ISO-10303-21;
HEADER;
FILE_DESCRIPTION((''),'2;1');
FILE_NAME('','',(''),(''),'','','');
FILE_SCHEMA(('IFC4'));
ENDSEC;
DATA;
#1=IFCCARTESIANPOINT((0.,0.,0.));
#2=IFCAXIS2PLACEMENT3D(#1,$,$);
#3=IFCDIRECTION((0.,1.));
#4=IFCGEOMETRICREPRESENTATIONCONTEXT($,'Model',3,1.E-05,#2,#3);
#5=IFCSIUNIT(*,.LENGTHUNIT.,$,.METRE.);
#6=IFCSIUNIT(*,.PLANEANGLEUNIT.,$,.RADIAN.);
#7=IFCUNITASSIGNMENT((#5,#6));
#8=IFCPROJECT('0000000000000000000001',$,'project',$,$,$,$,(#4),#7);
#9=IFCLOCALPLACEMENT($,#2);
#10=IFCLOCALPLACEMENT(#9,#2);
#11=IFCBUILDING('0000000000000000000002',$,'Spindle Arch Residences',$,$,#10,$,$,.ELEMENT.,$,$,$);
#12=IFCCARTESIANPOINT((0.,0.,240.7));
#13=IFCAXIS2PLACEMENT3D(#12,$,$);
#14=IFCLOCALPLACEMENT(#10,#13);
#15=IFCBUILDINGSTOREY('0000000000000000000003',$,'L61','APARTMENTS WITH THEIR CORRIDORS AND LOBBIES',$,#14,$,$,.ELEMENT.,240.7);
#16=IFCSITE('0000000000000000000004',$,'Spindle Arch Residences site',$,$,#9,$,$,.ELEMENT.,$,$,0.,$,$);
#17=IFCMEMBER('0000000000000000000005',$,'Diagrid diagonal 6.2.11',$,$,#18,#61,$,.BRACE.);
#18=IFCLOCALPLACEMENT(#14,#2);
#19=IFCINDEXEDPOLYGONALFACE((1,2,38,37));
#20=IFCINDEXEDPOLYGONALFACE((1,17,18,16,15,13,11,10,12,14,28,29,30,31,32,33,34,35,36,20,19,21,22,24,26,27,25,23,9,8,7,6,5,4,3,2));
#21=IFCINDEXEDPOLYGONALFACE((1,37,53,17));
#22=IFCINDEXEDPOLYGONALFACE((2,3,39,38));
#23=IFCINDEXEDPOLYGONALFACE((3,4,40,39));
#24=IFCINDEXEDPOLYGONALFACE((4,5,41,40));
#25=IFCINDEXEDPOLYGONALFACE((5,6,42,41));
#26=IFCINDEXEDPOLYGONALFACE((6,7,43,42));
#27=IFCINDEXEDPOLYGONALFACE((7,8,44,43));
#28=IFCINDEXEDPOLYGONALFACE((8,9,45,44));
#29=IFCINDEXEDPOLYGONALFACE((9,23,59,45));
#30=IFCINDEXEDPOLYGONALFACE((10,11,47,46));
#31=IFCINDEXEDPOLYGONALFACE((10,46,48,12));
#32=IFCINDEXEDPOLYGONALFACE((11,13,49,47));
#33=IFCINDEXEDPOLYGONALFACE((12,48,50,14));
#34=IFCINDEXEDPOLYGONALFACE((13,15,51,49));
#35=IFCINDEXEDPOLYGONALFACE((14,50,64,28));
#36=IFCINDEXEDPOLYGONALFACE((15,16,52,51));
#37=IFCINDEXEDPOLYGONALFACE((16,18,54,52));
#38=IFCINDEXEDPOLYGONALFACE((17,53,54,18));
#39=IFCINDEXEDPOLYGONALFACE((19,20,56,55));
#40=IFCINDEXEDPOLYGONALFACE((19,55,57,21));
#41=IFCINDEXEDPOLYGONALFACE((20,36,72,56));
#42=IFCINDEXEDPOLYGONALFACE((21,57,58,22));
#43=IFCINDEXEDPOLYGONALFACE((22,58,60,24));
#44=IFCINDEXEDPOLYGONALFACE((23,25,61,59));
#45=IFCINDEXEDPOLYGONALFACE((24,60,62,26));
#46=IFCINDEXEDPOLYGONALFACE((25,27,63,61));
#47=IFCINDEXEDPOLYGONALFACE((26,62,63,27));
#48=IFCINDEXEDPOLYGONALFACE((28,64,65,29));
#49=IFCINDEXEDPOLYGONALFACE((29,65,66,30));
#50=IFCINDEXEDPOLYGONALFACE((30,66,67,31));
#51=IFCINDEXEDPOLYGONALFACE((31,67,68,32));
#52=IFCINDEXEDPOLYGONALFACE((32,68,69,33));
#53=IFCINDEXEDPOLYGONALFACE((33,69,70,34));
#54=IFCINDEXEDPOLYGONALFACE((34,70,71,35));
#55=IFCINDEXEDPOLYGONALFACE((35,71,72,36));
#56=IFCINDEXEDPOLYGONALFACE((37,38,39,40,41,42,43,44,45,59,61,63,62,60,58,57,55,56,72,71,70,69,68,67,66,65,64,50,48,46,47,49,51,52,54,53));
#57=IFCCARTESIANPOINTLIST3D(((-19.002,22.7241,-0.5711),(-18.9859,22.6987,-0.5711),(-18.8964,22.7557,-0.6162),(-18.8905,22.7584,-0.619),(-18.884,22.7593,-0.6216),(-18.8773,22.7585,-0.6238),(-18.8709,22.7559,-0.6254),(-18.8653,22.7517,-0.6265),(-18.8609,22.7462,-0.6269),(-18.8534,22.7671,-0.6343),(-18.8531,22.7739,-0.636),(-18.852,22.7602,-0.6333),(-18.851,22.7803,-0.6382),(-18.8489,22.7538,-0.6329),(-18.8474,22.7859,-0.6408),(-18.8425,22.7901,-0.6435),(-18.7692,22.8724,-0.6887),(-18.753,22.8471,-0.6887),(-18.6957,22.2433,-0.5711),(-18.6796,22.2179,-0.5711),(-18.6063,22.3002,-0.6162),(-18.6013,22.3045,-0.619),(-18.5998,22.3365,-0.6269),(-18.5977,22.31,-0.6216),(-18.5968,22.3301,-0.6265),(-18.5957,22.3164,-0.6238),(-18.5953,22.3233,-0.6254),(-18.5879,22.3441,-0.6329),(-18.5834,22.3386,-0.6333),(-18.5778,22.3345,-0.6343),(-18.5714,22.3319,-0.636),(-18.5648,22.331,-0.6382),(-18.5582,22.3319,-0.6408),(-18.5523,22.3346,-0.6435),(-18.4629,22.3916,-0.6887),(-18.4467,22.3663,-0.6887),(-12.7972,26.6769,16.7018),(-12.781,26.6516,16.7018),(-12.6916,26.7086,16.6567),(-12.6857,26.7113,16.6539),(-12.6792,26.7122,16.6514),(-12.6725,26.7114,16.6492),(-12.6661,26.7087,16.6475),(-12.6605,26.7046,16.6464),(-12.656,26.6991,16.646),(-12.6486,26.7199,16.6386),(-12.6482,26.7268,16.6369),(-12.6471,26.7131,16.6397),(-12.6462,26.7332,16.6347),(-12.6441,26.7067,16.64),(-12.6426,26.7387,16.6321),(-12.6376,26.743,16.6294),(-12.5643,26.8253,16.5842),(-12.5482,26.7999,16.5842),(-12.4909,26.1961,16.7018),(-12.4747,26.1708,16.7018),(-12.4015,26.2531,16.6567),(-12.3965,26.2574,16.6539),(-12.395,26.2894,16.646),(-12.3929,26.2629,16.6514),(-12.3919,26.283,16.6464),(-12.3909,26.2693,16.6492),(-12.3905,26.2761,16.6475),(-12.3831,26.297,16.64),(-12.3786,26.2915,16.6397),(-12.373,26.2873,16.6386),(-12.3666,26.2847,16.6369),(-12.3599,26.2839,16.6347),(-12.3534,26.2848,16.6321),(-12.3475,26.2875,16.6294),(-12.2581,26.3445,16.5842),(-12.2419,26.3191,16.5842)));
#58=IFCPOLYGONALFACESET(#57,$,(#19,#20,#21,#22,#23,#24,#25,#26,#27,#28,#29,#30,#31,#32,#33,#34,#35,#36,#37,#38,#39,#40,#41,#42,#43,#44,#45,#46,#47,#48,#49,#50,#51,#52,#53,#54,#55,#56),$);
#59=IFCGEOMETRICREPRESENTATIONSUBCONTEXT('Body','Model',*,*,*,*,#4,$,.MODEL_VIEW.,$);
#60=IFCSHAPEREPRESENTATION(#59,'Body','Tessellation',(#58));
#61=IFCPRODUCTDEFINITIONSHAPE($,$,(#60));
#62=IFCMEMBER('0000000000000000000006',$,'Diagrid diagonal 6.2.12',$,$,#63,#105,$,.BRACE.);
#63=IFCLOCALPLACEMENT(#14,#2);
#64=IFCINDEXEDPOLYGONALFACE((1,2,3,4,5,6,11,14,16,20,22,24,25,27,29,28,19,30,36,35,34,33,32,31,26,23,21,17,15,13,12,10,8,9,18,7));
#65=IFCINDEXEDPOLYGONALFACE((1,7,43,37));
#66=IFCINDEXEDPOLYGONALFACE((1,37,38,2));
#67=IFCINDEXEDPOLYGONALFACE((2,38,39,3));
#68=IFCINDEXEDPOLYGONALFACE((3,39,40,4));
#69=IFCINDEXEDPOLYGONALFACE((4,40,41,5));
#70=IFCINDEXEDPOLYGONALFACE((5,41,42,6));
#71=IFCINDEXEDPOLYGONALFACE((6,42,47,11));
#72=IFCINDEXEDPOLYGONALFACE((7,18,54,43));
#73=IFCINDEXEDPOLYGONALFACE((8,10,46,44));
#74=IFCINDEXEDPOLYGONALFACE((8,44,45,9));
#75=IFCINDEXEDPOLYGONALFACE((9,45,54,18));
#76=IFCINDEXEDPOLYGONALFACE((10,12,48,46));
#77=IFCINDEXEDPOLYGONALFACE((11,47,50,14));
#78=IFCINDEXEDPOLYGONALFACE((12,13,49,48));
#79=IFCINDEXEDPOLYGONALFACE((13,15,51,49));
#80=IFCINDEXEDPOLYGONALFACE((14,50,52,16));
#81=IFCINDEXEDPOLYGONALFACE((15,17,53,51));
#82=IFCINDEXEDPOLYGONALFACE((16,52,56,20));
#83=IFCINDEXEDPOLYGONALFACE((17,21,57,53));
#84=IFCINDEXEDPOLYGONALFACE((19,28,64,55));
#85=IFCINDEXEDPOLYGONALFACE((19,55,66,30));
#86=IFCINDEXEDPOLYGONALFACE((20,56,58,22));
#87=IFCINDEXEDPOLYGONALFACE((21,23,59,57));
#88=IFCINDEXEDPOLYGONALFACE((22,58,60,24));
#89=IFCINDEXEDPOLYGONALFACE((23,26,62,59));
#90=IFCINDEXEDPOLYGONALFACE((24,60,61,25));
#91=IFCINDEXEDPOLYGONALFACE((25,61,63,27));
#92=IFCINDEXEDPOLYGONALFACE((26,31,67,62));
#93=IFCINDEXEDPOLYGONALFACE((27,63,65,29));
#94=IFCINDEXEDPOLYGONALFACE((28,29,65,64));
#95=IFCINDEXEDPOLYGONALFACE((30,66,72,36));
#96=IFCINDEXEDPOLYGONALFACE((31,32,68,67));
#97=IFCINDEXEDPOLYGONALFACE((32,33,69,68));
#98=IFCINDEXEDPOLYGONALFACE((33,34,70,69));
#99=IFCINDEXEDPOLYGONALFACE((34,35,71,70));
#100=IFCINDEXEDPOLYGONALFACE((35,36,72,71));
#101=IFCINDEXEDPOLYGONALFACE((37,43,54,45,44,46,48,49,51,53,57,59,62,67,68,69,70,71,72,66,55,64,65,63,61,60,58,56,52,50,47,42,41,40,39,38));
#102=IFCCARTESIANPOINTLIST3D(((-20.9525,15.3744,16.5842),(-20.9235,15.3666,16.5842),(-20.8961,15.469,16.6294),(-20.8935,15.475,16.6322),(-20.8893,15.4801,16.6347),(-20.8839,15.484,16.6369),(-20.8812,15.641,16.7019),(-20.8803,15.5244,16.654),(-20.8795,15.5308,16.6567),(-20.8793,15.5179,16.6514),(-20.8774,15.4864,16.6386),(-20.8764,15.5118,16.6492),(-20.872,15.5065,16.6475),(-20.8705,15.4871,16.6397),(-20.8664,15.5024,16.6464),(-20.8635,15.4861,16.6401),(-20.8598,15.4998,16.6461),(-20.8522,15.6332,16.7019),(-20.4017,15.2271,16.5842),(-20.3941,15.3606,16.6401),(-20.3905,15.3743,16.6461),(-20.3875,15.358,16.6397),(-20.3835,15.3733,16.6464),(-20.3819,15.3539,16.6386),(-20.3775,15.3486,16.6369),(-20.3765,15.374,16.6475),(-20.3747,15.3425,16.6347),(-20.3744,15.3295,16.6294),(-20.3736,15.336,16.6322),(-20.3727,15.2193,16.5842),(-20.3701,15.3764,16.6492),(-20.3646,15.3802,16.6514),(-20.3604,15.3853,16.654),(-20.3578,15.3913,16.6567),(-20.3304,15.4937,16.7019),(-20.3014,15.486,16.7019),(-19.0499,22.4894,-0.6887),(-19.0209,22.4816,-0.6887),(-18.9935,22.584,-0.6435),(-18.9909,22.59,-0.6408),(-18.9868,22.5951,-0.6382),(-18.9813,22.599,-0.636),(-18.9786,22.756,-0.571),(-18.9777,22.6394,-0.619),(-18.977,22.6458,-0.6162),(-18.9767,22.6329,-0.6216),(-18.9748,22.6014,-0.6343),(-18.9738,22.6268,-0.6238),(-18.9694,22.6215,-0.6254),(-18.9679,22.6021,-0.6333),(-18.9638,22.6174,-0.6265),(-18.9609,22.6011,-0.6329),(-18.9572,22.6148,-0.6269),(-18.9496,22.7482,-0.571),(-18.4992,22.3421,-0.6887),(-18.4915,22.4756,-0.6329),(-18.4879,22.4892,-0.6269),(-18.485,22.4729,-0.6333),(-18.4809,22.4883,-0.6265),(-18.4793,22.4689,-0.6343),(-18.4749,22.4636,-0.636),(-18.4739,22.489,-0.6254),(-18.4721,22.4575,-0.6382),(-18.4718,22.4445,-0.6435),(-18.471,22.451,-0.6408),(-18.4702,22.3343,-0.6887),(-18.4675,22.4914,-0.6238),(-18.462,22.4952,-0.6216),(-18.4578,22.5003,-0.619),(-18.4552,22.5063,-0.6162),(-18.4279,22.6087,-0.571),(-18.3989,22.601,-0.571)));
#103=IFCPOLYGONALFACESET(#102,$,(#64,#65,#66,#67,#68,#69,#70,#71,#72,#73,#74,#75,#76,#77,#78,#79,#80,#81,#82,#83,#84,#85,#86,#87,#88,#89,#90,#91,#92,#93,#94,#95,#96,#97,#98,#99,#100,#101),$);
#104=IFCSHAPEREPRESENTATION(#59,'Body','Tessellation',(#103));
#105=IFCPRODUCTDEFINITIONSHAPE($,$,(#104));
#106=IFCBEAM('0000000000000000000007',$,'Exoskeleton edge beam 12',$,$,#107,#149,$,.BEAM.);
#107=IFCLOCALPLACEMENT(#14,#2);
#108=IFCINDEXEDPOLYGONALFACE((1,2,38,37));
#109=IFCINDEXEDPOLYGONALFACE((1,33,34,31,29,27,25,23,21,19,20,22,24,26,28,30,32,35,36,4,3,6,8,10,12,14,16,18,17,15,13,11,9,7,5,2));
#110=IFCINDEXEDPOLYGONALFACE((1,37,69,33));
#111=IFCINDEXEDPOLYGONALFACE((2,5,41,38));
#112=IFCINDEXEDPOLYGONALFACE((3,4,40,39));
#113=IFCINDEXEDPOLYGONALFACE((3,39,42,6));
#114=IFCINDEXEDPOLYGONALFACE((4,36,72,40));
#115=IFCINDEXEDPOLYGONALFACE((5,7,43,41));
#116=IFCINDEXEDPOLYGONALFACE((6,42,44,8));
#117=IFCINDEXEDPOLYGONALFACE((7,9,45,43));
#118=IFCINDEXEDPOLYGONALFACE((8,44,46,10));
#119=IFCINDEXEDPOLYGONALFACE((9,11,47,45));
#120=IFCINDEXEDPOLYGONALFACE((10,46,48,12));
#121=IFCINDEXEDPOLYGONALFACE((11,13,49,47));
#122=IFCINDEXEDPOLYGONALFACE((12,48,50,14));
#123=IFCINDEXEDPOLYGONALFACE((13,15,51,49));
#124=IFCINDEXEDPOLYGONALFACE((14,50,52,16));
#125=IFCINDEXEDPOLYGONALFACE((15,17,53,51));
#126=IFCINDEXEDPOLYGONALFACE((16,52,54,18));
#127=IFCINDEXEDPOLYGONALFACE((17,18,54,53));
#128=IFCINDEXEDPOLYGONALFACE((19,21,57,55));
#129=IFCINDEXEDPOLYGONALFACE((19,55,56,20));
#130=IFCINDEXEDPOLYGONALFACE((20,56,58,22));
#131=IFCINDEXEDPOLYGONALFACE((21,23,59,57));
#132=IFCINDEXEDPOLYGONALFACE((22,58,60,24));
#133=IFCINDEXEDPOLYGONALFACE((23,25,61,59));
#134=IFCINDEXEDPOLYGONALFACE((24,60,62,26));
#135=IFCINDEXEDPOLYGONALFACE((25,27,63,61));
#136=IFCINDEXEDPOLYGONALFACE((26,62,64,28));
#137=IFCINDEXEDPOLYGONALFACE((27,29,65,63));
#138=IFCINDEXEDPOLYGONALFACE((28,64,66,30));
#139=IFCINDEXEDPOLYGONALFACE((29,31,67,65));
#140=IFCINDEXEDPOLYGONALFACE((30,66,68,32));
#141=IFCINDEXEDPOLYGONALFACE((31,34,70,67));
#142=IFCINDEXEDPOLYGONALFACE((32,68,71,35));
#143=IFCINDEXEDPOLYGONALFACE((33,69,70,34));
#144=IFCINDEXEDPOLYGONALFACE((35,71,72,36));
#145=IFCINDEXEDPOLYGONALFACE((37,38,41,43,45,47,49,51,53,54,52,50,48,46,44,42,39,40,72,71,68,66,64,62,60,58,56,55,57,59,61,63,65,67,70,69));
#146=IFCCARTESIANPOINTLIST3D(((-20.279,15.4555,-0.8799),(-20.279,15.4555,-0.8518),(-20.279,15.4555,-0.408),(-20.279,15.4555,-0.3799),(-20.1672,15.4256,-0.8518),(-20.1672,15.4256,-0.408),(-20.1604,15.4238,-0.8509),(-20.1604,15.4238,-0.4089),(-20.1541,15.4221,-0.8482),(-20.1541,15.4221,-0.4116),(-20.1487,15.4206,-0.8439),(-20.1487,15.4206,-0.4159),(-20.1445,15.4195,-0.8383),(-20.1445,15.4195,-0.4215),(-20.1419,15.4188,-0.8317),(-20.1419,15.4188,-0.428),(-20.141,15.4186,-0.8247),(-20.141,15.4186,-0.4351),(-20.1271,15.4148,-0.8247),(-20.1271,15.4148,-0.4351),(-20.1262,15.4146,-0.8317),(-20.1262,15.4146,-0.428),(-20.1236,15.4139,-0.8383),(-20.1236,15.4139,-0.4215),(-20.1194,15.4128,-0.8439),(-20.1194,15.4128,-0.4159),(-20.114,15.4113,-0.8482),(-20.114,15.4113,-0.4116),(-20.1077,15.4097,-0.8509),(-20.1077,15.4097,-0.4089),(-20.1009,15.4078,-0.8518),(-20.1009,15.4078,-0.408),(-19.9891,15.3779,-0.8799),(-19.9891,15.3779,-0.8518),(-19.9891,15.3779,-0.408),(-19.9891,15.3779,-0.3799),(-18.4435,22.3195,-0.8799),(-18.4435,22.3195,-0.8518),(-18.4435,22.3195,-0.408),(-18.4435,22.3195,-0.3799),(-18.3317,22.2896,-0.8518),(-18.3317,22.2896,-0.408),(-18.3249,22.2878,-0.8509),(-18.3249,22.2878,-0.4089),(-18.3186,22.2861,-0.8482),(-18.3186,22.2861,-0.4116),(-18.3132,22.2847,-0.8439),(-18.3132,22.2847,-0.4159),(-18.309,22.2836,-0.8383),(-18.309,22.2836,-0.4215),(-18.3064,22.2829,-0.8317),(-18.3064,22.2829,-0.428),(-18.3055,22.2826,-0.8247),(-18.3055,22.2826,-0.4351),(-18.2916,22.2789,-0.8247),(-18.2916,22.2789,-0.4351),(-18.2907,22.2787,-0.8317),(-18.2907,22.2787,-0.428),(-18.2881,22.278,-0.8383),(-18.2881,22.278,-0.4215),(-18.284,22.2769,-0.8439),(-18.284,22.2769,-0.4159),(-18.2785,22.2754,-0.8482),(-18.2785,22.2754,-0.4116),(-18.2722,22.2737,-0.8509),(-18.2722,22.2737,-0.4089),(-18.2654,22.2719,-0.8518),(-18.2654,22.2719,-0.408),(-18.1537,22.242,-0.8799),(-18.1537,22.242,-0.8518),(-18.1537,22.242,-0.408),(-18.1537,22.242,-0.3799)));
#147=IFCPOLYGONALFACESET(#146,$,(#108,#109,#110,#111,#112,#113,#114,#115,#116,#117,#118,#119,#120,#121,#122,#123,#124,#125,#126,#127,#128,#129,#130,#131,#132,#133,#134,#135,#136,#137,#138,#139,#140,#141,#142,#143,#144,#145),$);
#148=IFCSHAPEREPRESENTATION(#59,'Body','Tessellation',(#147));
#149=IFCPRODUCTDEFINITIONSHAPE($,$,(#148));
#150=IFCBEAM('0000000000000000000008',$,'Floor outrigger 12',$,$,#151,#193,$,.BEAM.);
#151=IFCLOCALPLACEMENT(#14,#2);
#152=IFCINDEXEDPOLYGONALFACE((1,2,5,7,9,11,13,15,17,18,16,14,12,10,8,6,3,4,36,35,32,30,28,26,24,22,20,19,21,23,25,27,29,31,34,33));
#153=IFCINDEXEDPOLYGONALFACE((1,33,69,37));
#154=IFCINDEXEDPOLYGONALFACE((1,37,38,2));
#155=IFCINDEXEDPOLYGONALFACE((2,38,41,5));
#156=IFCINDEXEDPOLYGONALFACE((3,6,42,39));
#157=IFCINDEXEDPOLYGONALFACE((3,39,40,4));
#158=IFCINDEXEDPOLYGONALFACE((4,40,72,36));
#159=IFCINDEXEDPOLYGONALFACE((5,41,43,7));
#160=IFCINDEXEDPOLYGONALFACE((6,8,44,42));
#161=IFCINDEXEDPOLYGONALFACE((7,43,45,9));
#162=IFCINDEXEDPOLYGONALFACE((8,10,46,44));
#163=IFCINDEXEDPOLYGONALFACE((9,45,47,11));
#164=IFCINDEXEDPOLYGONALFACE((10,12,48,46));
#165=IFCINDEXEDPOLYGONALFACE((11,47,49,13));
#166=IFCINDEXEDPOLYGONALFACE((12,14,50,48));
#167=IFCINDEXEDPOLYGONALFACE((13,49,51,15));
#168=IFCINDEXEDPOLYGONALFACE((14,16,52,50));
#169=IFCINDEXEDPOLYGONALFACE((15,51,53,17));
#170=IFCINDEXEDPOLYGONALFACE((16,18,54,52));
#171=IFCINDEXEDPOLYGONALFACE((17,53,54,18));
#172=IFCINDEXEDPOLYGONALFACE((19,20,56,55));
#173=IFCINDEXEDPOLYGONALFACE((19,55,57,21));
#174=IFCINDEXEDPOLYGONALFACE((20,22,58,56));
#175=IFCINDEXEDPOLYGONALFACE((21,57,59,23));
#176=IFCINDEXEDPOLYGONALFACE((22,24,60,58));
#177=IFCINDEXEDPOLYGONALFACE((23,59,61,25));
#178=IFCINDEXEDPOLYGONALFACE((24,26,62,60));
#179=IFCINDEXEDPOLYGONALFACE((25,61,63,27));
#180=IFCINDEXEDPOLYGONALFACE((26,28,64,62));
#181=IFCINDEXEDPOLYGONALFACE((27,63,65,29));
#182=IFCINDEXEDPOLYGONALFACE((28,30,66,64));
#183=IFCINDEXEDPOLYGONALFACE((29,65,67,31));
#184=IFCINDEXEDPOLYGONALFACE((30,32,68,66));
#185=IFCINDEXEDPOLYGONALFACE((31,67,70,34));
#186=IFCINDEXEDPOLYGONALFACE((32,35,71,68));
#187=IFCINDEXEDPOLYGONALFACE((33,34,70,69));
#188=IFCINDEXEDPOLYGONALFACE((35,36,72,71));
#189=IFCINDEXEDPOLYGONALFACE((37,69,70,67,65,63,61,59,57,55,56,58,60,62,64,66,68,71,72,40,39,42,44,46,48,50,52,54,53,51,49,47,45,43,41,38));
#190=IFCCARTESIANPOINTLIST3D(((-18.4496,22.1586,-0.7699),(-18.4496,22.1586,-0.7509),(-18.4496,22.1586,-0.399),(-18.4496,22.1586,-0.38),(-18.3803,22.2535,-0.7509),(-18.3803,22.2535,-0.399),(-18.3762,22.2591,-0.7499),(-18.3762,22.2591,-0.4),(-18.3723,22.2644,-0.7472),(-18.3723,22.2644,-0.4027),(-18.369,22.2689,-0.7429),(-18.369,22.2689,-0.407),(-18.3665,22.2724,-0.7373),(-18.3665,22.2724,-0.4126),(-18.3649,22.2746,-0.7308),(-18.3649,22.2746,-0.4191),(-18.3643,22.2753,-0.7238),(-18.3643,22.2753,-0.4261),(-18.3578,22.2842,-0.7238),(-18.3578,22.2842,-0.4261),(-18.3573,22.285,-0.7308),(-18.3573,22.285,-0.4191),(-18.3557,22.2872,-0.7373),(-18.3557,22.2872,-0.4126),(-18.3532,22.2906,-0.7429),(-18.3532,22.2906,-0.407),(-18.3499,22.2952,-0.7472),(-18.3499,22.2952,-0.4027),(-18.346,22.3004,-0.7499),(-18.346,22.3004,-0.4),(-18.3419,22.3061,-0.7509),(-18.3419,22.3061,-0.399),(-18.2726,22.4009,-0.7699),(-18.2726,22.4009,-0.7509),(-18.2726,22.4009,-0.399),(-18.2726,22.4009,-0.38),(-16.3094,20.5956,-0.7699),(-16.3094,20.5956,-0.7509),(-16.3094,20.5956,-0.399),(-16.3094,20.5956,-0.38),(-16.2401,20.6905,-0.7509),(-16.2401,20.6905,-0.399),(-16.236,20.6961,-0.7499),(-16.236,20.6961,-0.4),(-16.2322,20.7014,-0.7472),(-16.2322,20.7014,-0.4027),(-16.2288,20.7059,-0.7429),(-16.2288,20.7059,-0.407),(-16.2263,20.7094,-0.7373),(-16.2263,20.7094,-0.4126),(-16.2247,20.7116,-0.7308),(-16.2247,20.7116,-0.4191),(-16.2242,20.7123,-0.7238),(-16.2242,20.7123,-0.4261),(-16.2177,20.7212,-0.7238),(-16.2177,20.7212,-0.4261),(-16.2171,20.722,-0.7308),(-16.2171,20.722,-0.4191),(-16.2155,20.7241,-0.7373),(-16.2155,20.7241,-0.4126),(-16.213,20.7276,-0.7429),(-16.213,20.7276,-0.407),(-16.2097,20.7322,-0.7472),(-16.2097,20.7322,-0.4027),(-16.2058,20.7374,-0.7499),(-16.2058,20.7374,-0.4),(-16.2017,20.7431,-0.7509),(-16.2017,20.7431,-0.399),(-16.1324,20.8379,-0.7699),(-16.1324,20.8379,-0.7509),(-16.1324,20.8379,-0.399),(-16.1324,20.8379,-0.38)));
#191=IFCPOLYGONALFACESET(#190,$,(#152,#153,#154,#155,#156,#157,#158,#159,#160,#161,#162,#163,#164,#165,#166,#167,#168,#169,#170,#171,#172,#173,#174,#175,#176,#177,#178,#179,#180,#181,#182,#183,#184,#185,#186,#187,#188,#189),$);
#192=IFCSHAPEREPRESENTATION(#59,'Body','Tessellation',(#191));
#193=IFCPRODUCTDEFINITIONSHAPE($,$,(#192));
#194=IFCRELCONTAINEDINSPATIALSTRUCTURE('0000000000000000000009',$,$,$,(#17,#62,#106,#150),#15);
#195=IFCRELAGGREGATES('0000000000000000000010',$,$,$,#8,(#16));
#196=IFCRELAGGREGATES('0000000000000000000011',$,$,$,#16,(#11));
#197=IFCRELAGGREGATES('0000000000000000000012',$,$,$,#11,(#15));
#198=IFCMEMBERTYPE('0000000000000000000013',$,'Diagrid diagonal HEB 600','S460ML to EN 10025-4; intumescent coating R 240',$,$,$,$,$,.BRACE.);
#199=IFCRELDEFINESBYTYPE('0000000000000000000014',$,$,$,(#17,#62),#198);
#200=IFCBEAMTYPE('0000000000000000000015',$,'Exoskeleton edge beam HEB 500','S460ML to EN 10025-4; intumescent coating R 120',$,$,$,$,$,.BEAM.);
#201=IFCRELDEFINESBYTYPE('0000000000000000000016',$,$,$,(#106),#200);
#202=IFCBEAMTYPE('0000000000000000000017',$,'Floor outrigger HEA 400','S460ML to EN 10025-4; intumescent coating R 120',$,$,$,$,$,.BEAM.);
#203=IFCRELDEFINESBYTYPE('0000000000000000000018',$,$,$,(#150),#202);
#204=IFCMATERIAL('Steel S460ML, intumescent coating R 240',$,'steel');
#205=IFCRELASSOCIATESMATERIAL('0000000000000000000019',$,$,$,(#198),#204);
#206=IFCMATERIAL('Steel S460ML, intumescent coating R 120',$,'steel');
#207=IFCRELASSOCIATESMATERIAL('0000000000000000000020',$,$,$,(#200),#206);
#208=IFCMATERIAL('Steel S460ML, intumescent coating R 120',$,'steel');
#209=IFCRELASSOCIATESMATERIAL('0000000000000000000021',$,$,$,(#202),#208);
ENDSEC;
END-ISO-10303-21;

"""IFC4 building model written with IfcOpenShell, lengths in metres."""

from ifc_helpers import new_model, si_unit, direction, frame, origin, origin_2d, place, context, subcontext, project, spatial, i_section, extrude, material, material_profile, profile_set, type_object, element, save


model = new_model("IFC4")

# Units and contexts
model_context = context("Model", 3, precision=1e-05, world=origin(), true_north=direction((0.0, 1.0)))
body_context = subcontext(model_context, "Body", "Model", "MODEL_VIEW")
ifc_project = project(units=[si_unit("LENGTHUNIT", "METRE"), si_unit("PLANEANGLEUNIT", "RADIAN")], contexts=[model_context])

# Site, building, storey
site_placement = place(None, origin())
site = spatial("IfcSite", under=ifc_project, at=site_placement, Name="Spindle Arch Residences site", CompositionType="ELEMENT", RefElevation=0.0)
building_placement = place(site_placement, origin())
building = spatial("IfcBuilding", under=site, at=building_placement, Name="Spindle Arch Residences", CompositionType="ELEMENT")
storey_placement = place(building_placement, frame((0.0, 0.0, 240.7)))
storey = spatial("IfcBuildingStorey", under=building, at=storey_placement, Name="L61", Description="APARTMENTS WITH THEIR CORRIDORS AND LOBBIES", CompositionType="ELEMENT", Elevation=240.7)

# Members
ifc_material_1 = material(Name="Steel S460ML, intumescent coating R 240", Category="steel")
ifc_material_profile_1 = material_profile(ifc_material_1, i_section(OverallWidth=0.3, OverallDepth=0.6001, WebThickness=0.0154, FlangeThickness=0.03, FilletRadius=0.0271, at=origin_2d()), Name="HEB 600")
ifc_profile_set_1 = profile_set([ifc_material_profile_1], Name="Steel S460ML, intumescent coating R 240")
member_type_1 = type_object("IfcMemberType", Name="Diagrid diagonal HEB 600", Description="S460ML to EN 10025-4; intumescent coating R 240", PredefinedType="BRACE", material=ifc_profile_set_1)
member_1_placement = place(storey_placement, frame((-18.7244, 22.5452, -0.6299), z_axis=(0.330493, 0.210546, 0.920024), x_axis=(-0.775942, -0.494326, 0.391862)))
element("IfcMember", 1, at=member_1_placement, inside=storey, type_object=member_type_1, Name="Diagrid diagonal 6.2.11", PredefinedType="BRACE", context=body_context, shape_type="SweptSolid", body=[
    extrude(i_section(OverallWidth=0.3, OverallDepth=0.6001, WebThickness=0.0154, FlangeThickness=0.03, FilletRadius=0.0271, at=origin_2d()), origin(), (0.0, 0.0, 1.0), 18.7744),
])
member_2_placement = place(storey_placement, frame((-18.7244, 22.5452, -0.6299), z_axis=(-0.101322, -0.378909, 0.919871), x_axis=(0.237629, 0.888647, 0.392222)))
element("IfcMember", 2, at=member_2_placement, inside=storey, type_object=member_type_1, Name="Diagrid diagonal 6.2.12", PredefinedType="BRACE", context=body_context, shape_type="SweptSolid", body=[
    extrude(i_section(OverallWidth=0.3, OverallDepth=0.6001, WebThickness=0.0154, FlangeThickness=0.03, FilletRadius=0.0271, at=origin_2d()), origin(), (0.0, 0.0, 1.0), 18.7776),
])

# Beams
ifc_material_2 = material(Name="Steel S460ML, intumescent coating R 120", Category="steel")
ifc_material_profile_2 = material_profile(ifc_material_2, i_section(OverallWidth=0.3, OverallDepth=0.5, WebThickness=0.0144, FlangeThickness=0.0281, FilletRadius=0.0271, at=origin_2d()), Name="HEB 500")
ifc_profile_set_2 = profile_set([ifc_material_profile_2], Name="Steel S460ML, intumescent coating R 120")
beam_type_1 = type_object("IfcBeamType", Name="Exoskeleton edge beam HEB 500", Description="S460ML to EN 10025-4; intumescent coating R 120", PredefinedType="BEAM", material=ifc_profile_set_2)
beam_1_placement = place(storey_placement, frame((-18.2986, 22.2808, -0.6299), z_axis=(-0.258326, -0.966058, 0.0), x_axis=(0.966058, -0.258326, 0.0)))
element("IfcBeam", 3, at=beam_1_placement, inside=storey, type_object=beam_type_1, Name="Exoskeleton edge beam 12", PredefinedType="BEAM", context=body_context, shape_type="SweptSolid", body=[
    extrude(i_section(OverallWidth=0.3, OverallDepth=0.5, WebThickness=0.0144, FlangeThickness=0.0281, FilletRadius=0.0271, at=origin_2d()), origin(), (0.0, 0.0, 1.0), 7.1052),
])
ifc_material_3 = material(Name="Steel S460ML, intumescent coating R 120", Category="steel")
ifc_material_profile_3 = material_profile(ifc_material_3, i_section(OverallWidth=0.3, OverallDepth=0.3899, WebThickness=0.011, FlangeThickness=0.019, FilletRadius=0.0271, at=origin_2d()), Name="HEA 400")
ifc_profile_set_3 = profile_set([ifc_material_profile_3], Name="Steel S460ML, intumescent coating R 120")
beam_type_2 = type_object("IfcBeamType", Name="Floor outrigger HEA 400", Description="S460ML to EN 10025-4; intumescent coating R 120", PredefinedType="BEAM", material=ifc_profile_set_3)
beam_2_placement = place(storey_placement, frame((-18.3611, 22.2798, -0.575), z_axis=(0.807563, -0.589781, 0.0), x_axis=(0.589781, 0.807563, 0.0)))
element("IfcBeam", 4, at=beam_2_placement, inside=storey, type_object=beam_type_2, Name="Floor outrigger 12", PredefinedType="BEAM", context=body_context, shape_type="SweptSolid", body=[
    extrude(i_section(OverallWidth=0.3, OverallDepth=0.3899, WebThickness=0.011, FlangeThickness=0.019, FilletRadius=0.0271, at=origin_2d()), origin(), (0.0, 0.0, 1.0), 2.6501),
])

save(model, "model.ifc")
